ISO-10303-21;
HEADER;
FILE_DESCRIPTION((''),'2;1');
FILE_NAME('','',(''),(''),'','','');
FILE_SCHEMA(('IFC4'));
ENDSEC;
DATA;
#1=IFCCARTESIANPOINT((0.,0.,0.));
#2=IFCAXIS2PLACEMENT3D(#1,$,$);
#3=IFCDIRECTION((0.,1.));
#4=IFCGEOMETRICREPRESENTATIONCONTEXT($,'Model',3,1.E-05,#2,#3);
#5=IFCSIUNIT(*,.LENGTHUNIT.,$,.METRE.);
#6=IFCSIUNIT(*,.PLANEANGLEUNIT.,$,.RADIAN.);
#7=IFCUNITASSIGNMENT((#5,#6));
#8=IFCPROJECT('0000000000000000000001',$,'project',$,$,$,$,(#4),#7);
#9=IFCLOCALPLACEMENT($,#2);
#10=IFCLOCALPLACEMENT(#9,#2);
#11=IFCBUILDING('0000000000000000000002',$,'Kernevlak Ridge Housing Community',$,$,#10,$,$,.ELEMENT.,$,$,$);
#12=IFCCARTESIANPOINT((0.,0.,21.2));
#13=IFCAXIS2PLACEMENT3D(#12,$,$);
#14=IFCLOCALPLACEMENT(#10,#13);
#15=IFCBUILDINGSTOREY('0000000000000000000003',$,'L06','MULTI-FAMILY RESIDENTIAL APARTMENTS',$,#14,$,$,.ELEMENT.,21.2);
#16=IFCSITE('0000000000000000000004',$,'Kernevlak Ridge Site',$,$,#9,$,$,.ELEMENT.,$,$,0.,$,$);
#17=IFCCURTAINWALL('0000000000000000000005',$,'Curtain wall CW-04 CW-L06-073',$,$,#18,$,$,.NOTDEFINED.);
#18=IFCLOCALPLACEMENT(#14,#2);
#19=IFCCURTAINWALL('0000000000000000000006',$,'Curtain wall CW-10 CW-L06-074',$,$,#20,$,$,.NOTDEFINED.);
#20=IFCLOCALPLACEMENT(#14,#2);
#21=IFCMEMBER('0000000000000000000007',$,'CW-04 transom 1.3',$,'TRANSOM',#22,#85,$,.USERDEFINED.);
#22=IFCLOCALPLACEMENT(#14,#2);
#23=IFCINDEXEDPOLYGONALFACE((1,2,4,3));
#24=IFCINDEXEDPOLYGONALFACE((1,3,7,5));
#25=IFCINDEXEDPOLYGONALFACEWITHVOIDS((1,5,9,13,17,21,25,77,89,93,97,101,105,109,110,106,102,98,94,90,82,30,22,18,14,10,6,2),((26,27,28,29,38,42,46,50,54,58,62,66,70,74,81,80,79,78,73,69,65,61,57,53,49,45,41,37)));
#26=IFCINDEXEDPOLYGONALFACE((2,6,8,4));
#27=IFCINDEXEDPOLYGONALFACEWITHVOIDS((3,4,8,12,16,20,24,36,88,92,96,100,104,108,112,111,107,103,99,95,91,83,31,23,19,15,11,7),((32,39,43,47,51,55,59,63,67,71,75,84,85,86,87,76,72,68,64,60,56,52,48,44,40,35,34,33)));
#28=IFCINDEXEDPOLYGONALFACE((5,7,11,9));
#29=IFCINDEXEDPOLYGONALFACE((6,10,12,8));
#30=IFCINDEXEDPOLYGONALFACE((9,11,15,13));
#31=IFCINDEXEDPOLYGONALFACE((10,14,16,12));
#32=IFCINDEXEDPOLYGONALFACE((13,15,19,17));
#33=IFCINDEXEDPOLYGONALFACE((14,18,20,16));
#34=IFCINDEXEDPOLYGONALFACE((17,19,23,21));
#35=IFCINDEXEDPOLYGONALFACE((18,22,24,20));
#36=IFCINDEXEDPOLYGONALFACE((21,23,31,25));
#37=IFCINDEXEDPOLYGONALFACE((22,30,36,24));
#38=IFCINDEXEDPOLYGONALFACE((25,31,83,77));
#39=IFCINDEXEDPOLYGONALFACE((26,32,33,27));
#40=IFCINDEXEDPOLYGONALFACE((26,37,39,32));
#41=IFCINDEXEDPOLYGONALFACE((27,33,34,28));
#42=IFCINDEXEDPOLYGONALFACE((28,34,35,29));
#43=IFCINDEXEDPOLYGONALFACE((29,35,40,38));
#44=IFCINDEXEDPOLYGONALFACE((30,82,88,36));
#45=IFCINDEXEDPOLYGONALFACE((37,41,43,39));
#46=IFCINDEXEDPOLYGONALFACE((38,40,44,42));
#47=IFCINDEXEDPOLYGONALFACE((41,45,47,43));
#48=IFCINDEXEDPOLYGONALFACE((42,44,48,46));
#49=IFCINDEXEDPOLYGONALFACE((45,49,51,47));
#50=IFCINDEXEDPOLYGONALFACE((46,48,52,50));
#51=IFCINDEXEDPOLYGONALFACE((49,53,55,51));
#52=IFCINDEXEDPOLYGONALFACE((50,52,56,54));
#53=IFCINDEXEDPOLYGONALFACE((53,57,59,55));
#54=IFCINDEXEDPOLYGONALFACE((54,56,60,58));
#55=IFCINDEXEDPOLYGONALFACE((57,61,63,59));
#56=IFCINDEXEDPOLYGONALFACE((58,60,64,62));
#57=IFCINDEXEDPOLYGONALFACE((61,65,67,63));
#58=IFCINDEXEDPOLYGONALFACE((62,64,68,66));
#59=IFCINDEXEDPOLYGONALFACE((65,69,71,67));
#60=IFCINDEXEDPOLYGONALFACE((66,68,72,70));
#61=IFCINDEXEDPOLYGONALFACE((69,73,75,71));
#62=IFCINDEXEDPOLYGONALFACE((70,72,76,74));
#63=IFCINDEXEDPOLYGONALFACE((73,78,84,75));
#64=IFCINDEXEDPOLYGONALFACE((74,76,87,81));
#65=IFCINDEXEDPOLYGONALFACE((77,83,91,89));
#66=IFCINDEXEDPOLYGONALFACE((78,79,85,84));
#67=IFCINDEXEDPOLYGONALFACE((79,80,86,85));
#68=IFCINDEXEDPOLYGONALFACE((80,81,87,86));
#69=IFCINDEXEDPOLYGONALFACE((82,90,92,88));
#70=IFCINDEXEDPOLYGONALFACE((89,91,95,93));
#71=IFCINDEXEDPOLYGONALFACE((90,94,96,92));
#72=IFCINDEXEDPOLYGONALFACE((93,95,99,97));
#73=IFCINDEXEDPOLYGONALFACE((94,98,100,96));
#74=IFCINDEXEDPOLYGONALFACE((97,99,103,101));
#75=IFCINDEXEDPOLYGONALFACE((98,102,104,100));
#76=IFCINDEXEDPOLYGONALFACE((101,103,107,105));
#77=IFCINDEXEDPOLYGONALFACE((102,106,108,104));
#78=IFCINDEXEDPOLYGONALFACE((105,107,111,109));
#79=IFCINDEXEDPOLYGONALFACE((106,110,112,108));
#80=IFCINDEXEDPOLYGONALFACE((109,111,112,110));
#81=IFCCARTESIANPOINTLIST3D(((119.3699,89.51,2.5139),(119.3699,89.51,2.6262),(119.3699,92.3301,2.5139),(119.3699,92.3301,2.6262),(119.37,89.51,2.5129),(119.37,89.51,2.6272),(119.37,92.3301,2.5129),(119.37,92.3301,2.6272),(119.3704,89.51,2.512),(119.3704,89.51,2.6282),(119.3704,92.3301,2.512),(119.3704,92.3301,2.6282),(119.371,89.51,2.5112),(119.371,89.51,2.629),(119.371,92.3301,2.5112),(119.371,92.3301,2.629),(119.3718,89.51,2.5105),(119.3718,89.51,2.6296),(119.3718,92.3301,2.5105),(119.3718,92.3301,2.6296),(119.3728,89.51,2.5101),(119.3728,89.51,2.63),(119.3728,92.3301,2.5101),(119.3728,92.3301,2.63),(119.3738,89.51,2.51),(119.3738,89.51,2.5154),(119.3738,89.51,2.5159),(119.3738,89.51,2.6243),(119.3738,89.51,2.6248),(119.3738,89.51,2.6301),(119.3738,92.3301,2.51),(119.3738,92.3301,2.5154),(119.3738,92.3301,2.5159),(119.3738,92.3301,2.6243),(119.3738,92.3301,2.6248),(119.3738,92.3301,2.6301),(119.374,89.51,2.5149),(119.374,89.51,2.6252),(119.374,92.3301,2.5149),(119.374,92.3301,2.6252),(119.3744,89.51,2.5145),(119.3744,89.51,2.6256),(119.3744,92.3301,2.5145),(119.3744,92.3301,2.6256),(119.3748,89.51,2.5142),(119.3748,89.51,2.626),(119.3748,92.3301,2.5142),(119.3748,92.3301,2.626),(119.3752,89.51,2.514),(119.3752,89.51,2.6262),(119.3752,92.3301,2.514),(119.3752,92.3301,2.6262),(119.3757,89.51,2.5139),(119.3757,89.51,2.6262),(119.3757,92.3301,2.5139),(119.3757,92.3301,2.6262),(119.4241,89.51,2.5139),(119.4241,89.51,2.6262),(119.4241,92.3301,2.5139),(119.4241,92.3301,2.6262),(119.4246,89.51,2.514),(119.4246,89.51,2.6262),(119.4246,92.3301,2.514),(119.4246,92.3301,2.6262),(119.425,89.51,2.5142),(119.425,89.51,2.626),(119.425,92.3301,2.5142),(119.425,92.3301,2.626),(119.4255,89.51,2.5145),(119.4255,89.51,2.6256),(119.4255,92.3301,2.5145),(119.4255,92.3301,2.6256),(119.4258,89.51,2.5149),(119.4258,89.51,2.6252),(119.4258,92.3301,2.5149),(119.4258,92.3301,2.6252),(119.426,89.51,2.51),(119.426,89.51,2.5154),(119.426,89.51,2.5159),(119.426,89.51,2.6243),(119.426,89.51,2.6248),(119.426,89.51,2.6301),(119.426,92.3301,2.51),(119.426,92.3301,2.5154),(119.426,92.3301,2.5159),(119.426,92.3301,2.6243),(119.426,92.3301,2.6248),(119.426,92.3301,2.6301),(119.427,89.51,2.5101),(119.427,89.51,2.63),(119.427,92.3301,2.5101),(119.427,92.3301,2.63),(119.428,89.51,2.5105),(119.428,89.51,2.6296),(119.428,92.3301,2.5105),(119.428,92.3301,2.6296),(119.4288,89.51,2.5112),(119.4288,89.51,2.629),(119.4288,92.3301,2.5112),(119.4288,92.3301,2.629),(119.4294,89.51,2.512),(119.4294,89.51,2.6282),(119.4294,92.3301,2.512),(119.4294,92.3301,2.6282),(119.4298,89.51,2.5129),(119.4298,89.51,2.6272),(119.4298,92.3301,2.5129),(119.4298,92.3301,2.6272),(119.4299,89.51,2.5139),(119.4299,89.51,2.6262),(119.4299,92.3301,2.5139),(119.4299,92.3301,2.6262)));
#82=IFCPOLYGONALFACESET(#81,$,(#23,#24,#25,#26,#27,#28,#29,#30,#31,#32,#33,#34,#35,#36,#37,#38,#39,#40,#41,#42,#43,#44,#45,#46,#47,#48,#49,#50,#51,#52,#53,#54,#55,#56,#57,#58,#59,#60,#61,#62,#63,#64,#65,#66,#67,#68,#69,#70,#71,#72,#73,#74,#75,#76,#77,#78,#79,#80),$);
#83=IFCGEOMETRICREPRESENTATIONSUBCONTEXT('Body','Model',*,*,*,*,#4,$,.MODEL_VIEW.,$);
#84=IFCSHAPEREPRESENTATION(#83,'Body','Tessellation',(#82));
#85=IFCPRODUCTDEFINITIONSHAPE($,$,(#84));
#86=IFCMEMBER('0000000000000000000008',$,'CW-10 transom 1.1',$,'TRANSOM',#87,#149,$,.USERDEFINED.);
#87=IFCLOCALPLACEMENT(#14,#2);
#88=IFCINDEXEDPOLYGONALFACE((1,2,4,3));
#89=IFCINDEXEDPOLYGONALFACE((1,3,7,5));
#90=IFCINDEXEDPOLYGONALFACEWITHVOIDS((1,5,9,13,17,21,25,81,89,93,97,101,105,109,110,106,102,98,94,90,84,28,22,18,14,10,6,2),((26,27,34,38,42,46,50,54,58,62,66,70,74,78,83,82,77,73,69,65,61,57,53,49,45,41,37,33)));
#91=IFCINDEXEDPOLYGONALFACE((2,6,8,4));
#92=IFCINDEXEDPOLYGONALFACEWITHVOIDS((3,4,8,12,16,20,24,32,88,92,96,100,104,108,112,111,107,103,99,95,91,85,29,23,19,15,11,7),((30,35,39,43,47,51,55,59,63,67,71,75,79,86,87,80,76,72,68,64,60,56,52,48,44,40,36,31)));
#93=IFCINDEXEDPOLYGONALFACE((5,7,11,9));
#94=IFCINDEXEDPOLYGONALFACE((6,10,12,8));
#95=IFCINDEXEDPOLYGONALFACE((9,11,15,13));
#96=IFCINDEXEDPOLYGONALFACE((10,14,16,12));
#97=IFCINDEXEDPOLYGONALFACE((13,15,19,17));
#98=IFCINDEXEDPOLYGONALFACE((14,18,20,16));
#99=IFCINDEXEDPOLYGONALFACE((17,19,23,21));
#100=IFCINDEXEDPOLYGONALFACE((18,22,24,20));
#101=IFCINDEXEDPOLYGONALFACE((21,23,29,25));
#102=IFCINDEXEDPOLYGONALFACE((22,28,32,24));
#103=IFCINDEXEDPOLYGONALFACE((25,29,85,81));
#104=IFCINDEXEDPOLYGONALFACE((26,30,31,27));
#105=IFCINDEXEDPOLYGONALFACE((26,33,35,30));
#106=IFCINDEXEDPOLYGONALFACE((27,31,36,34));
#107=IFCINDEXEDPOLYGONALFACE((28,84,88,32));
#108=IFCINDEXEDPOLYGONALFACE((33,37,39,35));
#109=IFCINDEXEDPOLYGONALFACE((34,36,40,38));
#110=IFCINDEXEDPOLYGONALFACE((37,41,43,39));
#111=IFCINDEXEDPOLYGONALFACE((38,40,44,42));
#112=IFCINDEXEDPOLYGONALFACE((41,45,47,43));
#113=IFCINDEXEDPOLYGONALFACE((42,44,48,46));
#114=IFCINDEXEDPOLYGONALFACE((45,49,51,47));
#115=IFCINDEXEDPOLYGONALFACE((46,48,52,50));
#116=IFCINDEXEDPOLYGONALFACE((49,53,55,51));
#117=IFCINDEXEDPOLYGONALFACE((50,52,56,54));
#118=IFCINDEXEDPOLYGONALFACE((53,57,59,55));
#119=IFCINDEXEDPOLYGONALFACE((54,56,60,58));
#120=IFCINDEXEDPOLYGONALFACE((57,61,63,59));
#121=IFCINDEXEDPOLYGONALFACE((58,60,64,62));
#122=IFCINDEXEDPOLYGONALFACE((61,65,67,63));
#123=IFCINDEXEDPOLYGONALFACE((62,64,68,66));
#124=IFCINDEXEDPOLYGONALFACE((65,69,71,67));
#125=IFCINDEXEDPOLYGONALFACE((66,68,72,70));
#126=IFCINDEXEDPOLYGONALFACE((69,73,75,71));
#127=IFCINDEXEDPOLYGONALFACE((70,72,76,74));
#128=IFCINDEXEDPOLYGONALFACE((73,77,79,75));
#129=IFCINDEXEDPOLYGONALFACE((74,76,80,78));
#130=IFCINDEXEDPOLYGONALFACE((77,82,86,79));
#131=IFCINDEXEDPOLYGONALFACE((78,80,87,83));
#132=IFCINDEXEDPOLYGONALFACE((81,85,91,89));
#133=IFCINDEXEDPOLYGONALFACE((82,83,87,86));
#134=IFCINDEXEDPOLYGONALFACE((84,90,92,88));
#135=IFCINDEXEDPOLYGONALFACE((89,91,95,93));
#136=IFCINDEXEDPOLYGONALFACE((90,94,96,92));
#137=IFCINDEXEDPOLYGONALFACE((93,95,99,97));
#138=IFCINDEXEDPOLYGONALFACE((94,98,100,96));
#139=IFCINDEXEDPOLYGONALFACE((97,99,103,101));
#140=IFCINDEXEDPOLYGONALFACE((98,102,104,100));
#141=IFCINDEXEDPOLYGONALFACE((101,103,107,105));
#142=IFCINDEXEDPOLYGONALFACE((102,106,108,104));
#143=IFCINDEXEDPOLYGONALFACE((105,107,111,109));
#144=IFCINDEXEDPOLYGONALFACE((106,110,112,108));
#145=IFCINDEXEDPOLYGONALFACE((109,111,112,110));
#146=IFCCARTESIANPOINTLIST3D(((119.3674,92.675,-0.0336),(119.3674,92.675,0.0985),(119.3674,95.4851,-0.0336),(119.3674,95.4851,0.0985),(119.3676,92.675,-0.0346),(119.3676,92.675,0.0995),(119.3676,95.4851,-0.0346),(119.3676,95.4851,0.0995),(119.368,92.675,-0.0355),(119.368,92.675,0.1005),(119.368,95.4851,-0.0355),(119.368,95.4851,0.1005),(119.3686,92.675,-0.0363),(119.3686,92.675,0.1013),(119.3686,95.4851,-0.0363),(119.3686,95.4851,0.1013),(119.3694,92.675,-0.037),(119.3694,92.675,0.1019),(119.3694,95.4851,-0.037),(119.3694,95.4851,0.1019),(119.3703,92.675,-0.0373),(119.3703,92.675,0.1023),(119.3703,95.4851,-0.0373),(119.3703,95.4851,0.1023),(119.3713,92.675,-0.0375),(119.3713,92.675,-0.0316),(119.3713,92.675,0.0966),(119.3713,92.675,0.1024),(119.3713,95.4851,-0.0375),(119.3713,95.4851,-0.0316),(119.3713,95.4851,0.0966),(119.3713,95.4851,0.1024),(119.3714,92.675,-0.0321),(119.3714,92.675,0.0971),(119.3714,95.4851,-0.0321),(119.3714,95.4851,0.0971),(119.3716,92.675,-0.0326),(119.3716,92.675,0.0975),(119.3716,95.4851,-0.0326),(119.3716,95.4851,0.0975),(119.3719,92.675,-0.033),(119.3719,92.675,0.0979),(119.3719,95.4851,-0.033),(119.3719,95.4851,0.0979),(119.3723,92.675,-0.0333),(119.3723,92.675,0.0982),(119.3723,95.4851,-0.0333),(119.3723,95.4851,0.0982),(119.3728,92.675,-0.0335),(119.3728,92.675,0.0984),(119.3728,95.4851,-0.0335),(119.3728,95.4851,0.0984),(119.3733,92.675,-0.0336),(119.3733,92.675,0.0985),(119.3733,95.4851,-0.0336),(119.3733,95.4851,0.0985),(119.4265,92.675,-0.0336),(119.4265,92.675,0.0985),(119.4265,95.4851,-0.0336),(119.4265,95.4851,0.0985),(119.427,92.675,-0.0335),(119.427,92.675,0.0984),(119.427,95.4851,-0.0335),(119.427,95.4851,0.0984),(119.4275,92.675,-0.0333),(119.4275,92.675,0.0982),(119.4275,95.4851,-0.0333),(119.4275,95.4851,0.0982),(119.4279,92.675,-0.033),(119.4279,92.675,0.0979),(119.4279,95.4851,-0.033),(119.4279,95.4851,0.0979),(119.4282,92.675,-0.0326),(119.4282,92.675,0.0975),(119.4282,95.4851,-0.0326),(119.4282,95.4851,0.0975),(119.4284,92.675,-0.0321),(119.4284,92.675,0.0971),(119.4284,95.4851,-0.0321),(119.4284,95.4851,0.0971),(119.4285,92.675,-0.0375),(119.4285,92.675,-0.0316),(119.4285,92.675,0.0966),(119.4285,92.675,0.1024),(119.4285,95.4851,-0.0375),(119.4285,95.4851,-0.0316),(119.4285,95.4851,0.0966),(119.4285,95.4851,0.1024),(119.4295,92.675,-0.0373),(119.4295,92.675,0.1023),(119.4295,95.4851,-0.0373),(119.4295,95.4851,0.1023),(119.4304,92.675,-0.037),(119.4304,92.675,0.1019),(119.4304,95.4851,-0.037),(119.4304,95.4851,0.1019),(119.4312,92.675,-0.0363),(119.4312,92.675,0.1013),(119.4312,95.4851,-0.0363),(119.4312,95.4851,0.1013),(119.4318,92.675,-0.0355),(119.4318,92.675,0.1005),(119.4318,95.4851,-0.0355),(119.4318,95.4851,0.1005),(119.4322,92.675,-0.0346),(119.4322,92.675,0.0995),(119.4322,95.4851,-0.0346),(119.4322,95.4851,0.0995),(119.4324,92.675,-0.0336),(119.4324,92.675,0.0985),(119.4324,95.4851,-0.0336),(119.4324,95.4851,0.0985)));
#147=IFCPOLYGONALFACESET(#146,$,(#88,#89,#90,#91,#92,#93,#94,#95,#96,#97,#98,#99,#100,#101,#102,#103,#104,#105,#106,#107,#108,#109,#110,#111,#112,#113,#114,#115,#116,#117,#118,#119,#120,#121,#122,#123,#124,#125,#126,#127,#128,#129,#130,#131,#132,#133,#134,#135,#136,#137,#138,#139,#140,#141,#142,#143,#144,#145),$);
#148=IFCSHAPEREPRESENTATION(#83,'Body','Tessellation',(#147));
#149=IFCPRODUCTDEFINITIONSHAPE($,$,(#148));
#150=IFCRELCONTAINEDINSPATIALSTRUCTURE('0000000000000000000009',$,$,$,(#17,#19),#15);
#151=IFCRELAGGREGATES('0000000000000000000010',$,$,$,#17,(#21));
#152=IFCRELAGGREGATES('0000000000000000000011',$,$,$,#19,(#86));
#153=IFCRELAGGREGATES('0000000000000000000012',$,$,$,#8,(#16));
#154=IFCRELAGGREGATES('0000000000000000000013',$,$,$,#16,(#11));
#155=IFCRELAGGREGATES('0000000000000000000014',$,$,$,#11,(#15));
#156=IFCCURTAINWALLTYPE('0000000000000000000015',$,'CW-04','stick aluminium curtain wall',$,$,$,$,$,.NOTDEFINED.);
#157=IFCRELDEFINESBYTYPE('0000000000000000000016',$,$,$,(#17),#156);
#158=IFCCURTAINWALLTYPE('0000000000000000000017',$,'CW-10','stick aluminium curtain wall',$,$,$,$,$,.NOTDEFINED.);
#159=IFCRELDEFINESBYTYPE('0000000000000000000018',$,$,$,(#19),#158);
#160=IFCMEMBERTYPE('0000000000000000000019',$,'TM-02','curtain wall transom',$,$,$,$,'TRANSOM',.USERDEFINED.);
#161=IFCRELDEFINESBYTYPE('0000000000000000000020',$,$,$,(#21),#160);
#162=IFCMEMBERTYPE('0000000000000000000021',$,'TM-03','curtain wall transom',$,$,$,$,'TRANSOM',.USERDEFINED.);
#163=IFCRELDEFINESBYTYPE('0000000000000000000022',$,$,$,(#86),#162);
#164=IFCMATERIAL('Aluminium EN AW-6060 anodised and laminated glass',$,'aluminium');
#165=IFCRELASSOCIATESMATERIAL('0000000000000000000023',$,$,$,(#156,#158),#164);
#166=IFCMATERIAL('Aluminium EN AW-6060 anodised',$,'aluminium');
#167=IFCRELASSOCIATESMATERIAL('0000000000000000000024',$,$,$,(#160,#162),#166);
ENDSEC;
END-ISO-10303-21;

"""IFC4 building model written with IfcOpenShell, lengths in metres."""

from ifc_helpers import new_model, si_unit, direction, frame, origin, origin_2d, place, context, subcontext, project, spatial, hollow_rectangle, extrude, material, material_profile, profile_set, type_object, element, aggregate, save


model = new_model("IFC4")

# Units and contexts
model_context = context("Model", 3, precision=1e-05, world=origin(), true_north=direction((0.0, 1.0)))
body_context = subcontext(model_context, "Body", "Model", "MODEL_VIEW")
ifc_project = project(units=[si_unit("LENGTHUNIT", "METRE"), si_unit("PLANEANGLEUNIT", "RADIAN")], contexts=[model_context])

# Site, building, storey
site_placement = place(None, origin())
site = spatial("IfcSite", under=ifc_project, at=site_placement, Name="Kernevlak Ridge Site", CompositionType="ELEMENT", RefElevation=0.0)
building_placement = place(site_placement, origin())
building = spatial("IfcBuilding", under=site, at=building_placement, Name="Kernevlak Ridge Housing Community", CompositionType="ELEMENT")
storey_placement = place(building_placement, frame((0.0, 0.0, 21.2)))
storey = spatial("IfcBuildingStorey", under=building, at=storey_placement, Name="L06", Description="MULTI-FAMILY RESIDENTIAL APARTMENTS", CompositionType="ELEMENT", Elevation=21.2)

# Curtain walls
ifc_material_1 = material(Name="Aluminium EN AW-6060 anodised and laminated glass", Category="aluminium")
curtain_wall_type_1 = type_object("IfcCurtainWallType", Name="CW-04", Description="stick aluminium curtain wall", PredefinedType="NOTDEFINED", material=ifc_material_1)
curtain_wall_1_placement = place(storey_placement, origin())
curtain_wall_1 = element("IfcCurtainWall", 1, at=curtain_wall_1_placement, inside=storey, type_object=curtain_wall_type_1, Name="Curtain wall CW-04 CW-L06-073", PredefinedType="NOTDEFINED")
ifc_material_2 = material(Name="Aluminium EN AW-6060 anodised", Category="aluminium")
curtain_wall_type_2 = type_object("IfcCurtainWallType", Name="CW-10", Description="stick aluminium curtain wall", PredefinedType="NOTDEFINED", material=ifc_material_1)
curtain_wall_2_placement = place(storey_placement, origin())
curtain_wall_2 = element("IfcCurtainWall", 2, at=curtain_wall_2_placement, inside=storey, type_object=curtain_wall_type_2, Name="Curtain wall CW-10 CW-L06-074", PredefinedType="NOTDEFINED")

# Members
ifc_material_profile_1 = material_profile(ifc_material_2, hollow_rectangle(XDim=0.0601, YDim=0.1201, WallThickness=0.0039, InnerFilletRadius=0.002, OuterFilletRadius=0.0039, at=origin_2d()), Name="ALU 60x120x4")
ifc_profile_set_1 = profile_set([ifc_material_profile_1], Name="Aluminium EN AW-6060 anodised")
member_type_1 = type_object("IfcMemberType", Name="TM-02", Description="curtain wall transom", ElementType="TRANSOM", PredefinedType="USERDEFINED", material=ifc_profile_set_1)
member_1_placement = place(storey_placement, frame((119.3999, 89.51, 2.5701), z_axis=(0.0, 1.0, 0.0), x_axis=(-1.0, 0.0, 0.0)))
member_1 = element("IfcMember", 3, at=member_1_placement, type_object=member_type_1, Name="CW-04 transom 1.3", ObjectType="TRANSOM", PredefinedType="USERDEFINED", context=body_context, shape_type="SweptSolid", body=[
    extrude(hollow_rectangle(XDim=0.0601, YDim=0.1201, WallThickness=0.0039, InnerFilletRadius=0.002, OuterFilletRadius=0.0039, at=origin_2d()), origin(), (0.0, 0.0, 1.0), 2.8201),
])
ifc_material_profile_2 = material_profile(ifc_material_2, hollow_rectangle(XDim=0.0649, YDim=0.1399, WallThickness=0.0039, InnerFilletRadius=0.002, OuterFilletRadius=0.0039, at=origin_2d()), Name="ALU 65x140x4")
ifc_profile_set_2 = profile_set([ifc_material_profile_2], Name="Aluminium EN AW-6060 anodised")
member_type_2 = type_object("IfcMemberType", Name="TM-03", Description="curtain wall transom", ElementType="TRANSOM", PredefinedType="USERDEFINED", material=ifc_profile_set_2)
member_2_placement = place(storey_placement, frame((119.3999, 92.675, 0.0325), z_axis=(0.0, 1.0, 0.0), x_axis=(-1.0, 0.0, 0.0)))
member_2 = element("IfcMember", 4, at=member_2_placement, type_object=member_type_2, Name="CW-10 transom 1.1", ObjectType="TRANSOM", PredefinedType="USERDEFINED", context=body_context, shape_type="SweptSolid", body=[
    extrude(hollow_rectangle(XDim=0.0649, YDim=0.1399, WallThickness=0.0039, InnerFilletRadius=0.002, OuterFilletRadius=0.0039, at=origin_2d()), origin(), (0.0, 0.0, 1.0), 2.8101),
])

aggregate(curtain_wall_1, [member_1])
aggregate(curtain_wall_2, [member_2])

save(model, "model.ifc")
